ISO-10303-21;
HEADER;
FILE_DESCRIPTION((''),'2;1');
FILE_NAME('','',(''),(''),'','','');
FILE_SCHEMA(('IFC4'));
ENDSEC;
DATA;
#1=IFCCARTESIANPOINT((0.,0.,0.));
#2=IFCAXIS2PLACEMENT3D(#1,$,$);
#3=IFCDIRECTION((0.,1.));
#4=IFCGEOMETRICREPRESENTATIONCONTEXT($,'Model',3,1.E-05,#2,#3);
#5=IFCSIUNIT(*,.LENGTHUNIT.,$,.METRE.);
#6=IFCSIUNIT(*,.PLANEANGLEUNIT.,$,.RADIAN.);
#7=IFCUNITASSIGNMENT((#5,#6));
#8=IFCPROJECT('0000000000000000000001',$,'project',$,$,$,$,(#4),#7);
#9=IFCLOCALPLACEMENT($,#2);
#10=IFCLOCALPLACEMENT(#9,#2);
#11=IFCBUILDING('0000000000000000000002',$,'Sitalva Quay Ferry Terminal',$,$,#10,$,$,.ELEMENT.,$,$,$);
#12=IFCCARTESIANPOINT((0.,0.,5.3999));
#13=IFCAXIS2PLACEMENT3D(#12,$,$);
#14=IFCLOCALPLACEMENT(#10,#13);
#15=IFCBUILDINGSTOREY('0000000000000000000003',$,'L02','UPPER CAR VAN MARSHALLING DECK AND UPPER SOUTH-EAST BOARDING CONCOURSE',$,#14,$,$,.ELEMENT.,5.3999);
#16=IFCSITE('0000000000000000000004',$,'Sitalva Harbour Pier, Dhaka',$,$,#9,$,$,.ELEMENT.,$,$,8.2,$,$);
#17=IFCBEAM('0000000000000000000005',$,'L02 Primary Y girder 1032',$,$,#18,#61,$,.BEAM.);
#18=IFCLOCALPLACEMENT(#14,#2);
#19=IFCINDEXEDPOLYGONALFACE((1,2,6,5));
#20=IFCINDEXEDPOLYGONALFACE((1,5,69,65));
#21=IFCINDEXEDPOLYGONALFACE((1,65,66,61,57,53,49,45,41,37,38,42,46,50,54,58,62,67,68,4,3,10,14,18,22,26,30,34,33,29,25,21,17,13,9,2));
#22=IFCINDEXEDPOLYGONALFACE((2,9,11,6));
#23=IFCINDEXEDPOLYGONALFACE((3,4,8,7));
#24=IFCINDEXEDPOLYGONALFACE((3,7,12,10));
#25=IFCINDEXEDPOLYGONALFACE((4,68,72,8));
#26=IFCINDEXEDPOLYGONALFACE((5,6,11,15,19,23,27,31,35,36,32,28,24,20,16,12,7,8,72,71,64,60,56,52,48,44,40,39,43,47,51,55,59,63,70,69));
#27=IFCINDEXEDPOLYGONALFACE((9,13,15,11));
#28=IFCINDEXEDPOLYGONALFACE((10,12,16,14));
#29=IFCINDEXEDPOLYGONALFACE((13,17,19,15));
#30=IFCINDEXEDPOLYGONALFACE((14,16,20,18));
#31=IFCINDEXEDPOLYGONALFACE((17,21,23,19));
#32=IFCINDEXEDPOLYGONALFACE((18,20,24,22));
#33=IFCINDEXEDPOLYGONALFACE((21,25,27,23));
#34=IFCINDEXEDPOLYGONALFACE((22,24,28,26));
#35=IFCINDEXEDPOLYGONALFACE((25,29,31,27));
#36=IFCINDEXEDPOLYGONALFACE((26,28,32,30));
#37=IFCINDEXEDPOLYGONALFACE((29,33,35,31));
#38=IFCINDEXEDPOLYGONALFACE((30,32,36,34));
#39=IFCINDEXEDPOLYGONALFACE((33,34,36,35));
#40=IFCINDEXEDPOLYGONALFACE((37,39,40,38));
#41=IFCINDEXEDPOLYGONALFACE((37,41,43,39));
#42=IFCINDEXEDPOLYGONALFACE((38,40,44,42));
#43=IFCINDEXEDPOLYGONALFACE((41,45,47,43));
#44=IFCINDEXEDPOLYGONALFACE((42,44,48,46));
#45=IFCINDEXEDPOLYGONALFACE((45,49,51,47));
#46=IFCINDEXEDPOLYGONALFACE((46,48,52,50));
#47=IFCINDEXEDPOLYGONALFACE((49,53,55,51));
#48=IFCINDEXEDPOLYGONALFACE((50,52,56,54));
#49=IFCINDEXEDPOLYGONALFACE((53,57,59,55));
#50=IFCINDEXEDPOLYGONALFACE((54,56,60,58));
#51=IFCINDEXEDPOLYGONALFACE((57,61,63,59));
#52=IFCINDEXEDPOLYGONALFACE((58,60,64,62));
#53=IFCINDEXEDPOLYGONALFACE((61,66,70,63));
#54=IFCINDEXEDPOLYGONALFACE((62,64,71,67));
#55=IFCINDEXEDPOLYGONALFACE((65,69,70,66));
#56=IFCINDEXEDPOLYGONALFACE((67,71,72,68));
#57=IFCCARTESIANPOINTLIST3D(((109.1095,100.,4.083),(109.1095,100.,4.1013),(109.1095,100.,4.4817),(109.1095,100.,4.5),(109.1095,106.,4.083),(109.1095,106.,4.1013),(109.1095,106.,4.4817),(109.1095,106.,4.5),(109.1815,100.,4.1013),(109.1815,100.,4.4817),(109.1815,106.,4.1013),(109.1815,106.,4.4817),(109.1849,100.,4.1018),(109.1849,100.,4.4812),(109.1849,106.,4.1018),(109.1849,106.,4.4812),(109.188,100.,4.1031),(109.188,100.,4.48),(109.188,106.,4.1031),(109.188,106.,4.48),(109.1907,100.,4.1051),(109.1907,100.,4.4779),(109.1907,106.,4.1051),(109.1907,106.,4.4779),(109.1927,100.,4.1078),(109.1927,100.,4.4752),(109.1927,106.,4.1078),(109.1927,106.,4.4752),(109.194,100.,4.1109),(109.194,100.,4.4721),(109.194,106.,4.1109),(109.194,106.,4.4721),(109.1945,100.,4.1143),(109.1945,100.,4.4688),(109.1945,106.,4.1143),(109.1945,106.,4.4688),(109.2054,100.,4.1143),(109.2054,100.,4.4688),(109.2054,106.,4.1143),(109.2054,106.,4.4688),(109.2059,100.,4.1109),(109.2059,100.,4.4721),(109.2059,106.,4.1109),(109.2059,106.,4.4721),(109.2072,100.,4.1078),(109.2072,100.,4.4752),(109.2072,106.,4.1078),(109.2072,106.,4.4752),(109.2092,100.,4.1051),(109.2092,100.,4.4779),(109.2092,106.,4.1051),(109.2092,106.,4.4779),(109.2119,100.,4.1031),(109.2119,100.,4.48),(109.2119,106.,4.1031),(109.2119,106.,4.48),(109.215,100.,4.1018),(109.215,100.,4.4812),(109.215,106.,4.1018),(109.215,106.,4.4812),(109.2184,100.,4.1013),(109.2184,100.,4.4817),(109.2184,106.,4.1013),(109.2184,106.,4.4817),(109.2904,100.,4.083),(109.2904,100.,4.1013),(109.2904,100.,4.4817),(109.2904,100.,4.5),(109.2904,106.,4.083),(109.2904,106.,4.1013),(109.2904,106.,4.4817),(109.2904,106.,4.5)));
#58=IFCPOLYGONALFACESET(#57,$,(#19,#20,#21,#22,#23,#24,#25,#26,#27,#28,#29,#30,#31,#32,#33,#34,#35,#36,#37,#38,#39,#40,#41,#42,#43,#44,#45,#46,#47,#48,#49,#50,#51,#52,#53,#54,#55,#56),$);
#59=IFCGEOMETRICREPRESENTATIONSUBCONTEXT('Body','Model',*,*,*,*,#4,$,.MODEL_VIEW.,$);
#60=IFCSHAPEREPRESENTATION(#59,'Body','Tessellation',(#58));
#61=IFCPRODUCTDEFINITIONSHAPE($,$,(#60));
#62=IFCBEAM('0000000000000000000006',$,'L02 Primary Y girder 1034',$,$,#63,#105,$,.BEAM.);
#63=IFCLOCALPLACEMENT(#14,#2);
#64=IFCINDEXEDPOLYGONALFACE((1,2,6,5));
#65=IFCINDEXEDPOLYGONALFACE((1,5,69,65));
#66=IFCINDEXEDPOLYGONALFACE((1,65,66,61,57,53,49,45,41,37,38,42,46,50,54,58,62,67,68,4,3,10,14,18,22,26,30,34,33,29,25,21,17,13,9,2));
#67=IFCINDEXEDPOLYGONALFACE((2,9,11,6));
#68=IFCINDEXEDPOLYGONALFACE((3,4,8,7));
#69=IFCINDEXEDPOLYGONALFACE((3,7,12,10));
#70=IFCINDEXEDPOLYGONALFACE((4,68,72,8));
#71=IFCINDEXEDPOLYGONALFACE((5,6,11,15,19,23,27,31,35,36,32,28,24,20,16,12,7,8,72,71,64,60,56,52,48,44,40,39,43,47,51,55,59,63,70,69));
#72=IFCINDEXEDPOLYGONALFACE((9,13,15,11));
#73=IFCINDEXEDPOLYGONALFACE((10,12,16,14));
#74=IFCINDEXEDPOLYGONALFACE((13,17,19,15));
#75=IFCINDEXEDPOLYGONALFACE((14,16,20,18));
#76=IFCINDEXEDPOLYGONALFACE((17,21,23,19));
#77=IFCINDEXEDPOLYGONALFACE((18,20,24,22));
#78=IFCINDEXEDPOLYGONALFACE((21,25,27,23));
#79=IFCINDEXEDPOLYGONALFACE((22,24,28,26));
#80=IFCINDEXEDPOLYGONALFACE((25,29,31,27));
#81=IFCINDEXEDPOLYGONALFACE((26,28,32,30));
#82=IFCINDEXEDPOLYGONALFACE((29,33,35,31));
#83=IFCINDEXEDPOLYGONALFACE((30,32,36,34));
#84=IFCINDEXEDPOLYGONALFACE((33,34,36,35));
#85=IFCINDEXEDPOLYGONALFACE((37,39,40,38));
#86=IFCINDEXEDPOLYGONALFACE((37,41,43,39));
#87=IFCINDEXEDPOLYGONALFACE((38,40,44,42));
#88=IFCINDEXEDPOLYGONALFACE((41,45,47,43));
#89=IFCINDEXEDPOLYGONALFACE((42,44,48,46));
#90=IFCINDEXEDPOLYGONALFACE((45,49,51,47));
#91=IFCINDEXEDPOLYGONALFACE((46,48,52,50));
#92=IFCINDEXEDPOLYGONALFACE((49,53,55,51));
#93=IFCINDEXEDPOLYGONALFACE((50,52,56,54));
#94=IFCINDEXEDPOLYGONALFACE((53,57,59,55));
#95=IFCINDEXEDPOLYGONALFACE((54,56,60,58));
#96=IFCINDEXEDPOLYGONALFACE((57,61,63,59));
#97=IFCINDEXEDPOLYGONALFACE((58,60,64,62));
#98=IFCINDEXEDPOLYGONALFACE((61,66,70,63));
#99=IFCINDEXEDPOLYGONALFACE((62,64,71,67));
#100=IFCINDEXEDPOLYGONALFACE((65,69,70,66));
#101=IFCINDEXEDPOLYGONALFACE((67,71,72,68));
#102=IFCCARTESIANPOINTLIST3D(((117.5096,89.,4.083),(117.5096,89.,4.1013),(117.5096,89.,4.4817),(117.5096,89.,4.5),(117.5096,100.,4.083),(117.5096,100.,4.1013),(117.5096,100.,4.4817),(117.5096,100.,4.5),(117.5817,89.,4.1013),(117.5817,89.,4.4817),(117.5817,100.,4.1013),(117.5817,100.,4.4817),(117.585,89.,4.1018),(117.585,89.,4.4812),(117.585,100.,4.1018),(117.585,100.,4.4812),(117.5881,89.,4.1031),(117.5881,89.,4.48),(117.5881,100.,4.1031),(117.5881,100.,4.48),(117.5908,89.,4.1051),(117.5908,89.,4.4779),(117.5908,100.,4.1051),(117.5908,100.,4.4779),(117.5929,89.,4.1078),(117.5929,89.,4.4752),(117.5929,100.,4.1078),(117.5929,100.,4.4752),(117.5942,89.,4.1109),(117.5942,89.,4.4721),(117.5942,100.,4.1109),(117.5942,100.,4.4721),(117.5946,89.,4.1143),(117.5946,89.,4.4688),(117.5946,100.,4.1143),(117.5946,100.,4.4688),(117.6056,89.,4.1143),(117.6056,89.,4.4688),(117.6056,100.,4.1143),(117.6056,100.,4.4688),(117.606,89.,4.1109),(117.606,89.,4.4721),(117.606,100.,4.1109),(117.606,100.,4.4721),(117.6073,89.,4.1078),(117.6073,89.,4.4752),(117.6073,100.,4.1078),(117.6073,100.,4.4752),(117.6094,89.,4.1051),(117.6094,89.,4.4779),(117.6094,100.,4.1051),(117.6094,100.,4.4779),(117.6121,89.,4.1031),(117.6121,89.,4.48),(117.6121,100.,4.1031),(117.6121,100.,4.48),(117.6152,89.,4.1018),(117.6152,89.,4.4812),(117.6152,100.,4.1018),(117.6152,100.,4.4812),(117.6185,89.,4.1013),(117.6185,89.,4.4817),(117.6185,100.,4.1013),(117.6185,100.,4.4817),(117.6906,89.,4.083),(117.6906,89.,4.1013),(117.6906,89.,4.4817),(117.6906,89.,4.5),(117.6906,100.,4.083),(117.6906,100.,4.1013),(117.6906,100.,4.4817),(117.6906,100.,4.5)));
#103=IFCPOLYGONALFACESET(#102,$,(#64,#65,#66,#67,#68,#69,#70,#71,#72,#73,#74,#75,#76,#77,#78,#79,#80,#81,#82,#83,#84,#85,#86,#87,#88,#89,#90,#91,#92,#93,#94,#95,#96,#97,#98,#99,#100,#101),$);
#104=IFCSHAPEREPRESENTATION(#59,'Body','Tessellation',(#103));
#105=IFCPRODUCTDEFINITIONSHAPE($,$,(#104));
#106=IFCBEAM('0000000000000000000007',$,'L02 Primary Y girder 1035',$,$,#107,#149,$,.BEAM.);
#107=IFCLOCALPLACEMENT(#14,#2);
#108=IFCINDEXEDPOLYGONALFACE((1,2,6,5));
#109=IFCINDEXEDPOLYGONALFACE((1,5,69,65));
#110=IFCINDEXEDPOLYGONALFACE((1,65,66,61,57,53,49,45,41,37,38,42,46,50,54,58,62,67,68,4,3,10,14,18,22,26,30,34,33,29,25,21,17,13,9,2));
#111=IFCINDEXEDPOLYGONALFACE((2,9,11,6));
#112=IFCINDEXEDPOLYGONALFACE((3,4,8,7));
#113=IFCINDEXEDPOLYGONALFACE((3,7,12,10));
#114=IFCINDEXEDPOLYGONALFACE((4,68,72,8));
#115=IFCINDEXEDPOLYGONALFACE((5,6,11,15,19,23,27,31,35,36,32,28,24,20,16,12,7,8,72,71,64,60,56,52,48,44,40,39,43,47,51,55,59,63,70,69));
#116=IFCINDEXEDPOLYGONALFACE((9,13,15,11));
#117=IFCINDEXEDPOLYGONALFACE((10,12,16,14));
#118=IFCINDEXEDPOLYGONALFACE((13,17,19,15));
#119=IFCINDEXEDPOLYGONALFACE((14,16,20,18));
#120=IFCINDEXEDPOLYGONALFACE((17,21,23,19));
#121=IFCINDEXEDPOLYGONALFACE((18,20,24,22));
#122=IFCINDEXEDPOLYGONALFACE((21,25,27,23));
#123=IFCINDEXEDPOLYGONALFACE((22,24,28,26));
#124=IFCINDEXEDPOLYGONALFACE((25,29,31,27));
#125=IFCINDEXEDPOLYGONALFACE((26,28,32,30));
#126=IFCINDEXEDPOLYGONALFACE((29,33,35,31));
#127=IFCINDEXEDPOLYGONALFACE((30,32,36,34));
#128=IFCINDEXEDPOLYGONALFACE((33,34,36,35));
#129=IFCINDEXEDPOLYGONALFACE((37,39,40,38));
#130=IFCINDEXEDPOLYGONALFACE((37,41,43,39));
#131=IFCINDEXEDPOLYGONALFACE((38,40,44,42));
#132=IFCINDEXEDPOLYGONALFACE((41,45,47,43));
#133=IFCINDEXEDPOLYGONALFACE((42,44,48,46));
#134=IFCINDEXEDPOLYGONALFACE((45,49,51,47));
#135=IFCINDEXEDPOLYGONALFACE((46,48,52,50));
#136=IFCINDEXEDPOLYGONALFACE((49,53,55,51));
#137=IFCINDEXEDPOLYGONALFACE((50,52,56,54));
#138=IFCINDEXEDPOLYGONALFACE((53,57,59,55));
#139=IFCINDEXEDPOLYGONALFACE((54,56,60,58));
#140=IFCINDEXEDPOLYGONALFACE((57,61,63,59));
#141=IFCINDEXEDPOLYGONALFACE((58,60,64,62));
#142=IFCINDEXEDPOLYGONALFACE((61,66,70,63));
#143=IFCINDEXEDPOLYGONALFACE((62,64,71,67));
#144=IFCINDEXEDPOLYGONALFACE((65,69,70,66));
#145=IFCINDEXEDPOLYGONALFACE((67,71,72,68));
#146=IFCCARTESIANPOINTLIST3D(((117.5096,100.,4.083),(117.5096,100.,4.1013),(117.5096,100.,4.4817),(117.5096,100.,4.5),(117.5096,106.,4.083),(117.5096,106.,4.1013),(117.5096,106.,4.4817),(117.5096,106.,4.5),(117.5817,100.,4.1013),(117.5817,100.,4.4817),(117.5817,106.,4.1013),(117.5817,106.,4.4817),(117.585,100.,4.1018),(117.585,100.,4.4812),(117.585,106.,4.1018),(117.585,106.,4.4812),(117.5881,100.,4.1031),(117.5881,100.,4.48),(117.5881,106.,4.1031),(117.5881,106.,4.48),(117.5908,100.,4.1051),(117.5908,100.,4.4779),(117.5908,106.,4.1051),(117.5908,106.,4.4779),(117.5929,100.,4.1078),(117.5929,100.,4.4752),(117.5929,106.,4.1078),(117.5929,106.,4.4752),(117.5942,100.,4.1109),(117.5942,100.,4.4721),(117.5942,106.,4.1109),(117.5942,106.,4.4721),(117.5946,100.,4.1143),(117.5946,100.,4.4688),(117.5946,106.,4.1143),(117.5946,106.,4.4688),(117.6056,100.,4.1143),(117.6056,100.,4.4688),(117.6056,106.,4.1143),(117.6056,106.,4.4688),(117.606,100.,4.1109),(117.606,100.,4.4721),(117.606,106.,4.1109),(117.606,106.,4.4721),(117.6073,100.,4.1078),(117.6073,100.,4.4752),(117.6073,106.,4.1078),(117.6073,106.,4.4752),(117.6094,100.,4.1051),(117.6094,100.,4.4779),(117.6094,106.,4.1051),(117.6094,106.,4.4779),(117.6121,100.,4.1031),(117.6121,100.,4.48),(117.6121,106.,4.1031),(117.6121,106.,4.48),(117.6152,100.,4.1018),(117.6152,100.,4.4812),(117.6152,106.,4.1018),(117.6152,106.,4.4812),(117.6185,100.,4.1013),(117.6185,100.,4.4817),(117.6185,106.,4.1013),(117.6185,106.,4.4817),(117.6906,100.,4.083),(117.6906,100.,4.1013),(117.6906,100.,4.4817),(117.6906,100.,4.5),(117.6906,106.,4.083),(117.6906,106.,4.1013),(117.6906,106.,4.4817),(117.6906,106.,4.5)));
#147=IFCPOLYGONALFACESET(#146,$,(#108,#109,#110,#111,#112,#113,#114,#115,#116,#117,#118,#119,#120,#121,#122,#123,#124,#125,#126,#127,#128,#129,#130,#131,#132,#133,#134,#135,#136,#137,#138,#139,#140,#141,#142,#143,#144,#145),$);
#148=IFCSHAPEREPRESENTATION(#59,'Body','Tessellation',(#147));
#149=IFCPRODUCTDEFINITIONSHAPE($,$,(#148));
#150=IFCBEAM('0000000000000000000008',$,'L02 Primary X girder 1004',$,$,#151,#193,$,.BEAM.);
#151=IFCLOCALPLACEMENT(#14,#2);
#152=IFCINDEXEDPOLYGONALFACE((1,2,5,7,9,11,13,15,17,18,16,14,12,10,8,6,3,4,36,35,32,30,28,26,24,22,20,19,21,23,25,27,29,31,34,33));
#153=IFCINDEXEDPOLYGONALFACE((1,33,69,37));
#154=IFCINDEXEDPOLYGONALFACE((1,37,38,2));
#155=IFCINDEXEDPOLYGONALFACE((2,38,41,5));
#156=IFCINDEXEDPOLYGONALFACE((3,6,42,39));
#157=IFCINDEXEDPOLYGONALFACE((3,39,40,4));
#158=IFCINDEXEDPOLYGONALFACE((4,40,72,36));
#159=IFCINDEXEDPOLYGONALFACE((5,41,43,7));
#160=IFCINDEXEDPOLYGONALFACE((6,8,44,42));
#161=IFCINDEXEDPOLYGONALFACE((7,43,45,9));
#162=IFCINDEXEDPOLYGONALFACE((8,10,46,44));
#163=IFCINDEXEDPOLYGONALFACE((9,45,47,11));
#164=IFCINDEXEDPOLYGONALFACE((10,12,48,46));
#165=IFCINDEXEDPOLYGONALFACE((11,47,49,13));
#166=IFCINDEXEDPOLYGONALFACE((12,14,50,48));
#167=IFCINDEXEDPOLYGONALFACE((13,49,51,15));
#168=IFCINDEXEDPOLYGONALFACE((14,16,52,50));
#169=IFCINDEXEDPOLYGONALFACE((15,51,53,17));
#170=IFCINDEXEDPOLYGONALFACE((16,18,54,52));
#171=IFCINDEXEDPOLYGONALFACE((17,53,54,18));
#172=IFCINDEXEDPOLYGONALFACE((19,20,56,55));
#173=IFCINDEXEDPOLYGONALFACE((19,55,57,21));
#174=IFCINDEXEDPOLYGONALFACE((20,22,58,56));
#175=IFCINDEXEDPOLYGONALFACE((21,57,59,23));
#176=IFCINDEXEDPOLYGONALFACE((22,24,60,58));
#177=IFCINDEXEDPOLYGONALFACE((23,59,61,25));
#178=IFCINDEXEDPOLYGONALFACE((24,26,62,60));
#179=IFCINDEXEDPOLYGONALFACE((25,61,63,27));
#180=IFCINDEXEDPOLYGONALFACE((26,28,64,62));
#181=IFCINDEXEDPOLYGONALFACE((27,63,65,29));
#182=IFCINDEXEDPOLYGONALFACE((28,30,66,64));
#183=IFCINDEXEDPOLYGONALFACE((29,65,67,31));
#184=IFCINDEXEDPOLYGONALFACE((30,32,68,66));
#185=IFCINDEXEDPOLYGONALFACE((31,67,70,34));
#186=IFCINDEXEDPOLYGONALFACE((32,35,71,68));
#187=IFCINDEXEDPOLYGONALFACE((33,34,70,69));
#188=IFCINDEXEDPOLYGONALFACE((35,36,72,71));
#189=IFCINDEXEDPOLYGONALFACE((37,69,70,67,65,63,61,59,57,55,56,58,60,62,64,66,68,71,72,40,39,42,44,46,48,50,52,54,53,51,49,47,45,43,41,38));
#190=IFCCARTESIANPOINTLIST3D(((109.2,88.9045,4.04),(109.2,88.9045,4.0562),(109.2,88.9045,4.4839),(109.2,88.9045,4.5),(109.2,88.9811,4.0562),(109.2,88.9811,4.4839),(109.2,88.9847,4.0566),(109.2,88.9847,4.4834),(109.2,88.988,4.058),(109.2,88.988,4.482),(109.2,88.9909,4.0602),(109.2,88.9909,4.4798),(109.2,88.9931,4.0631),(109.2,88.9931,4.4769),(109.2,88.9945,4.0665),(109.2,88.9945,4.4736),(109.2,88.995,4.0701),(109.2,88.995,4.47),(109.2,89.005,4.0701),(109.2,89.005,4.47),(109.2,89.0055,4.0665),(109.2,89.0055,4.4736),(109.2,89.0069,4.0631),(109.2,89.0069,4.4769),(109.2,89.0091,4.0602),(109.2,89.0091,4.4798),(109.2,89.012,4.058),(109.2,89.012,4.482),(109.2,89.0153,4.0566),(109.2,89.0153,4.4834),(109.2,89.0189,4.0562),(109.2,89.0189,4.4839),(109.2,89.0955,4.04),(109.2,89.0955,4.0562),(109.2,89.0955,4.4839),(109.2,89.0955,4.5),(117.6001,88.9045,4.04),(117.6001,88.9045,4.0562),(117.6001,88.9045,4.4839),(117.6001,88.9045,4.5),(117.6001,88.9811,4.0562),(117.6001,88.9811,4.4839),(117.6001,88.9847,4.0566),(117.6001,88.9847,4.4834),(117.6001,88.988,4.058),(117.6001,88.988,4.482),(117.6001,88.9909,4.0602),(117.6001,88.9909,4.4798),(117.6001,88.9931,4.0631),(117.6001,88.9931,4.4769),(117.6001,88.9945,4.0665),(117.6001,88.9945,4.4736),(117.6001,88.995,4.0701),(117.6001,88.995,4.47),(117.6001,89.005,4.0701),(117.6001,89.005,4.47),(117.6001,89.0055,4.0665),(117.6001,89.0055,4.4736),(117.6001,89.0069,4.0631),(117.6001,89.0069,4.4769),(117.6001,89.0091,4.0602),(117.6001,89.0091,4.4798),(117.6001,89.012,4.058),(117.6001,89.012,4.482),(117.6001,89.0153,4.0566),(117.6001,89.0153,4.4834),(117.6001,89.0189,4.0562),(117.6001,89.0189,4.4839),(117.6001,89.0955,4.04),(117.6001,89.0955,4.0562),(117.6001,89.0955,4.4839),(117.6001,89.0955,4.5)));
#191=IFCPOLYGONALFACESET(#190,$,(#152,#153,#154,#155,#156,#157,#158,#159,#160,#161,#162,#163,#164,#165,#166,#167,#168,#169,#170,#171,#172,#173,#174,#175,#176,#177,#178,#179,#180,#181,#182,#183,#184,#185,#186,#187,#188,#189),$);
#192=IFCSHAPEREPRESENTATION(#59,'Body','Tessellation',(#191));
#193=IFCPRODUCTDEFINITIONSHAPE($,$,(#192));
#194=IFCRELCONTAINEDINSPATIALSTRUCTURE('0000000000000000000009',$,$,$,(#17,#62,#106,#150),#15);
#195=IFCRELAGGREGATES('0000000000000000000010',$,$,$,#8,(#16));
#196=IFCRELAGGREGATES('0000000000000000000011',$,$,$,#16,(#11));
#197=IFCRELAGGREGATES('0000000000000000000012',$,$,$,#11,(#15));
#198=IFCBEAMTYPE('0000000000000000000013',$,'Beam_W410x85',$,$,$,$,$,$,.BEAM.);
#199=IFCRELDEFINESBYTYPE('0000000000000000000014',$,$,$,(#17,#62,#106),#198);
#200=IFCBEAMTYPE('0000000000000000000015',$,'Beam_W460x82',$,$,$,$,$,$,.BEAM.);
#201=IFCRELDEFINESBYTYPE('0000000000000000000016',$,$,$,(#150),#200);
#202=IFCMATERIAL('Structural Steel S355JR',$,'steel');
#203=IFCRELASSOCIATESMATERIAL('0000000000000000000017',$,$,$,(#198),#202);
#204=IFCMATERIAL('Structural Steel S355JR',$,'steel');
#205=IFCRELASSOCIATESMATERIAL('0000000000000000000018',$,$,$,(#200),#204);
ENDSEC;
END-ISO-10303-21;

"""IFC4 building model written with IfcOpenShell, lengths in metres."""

from ifc_helpers import new_model, si_unit, direction, frame, origin, origin_2d, place, context, subcontext, project, spatial, i_section, extrude, material, material_profile, profile_set, type_object, element, save


model = new_model("IFC4")

# Units and contexts
model_context = context("Model", 3, precision=1e-05, world=origin(), true_north=direction((0.0, 1.0)))
body_context = subcontext(model_context, "Body", "Model", "MODEL_VIEW")
ifc_project = project(units=[si_unit("LENGTHUNIT", "METRE"), si_unit("PLANEANGLEUNIT", "RADIAN")], contexts=[model_context])

# Site, building, storey
site_placement = place(None, origin())
site = spatial("IfcSite", under=ifc_project, at=site_placement, Name="Sitalva Harbour Pier, Dhaka", CompositionType="ELEMENT", RefElevation=8.2)
building_placement = place(site_placement, origin())
building = spatial("IfcBuilding", under=site, at=building_placement, Name="Sitalva Quay Ferry Terminal", CompositionType="ELEMENT")
storey_placement = place(building_placement, frame((0.0, 0.0, 5.3999)))
storey = spatial("IfcBuildingStorey", under=building, at=storey_placement, Name="L02", Description="UPPER CAR VAN MARSHALLING DECK AND UPPER SOUTH-EAST BOARDING CONCOURSE", CompositionType="ELEMENT", Elevation=5.3999)

# Beams
ifc_material_1 = material(Name="Structural Steel S355JR", Category="steel")
ifc_material_profile_1 = material_profile(ifc_material_1, i_section(OverallWidth=0.1809, OverallDepth=0.417, WebThickness=0.011, FlangeThickness=0.0183, FilletRadius=0.0129, at=origin_2d()), Name="W410x85")
ifc_profile_set_1 = profile_set([ifc_material_profile_1], Name="Structural Steel S355JR")
beam_type_1 = type_object("IfcBeamType", Name="Beam_W410x85", PredefinedType="BEAM", material=ifc_profile_set_1)
beam_1_placement = place(storey_placement, frame((109.2, 100.0, 4.2915), z_axis=(0.0, 1.0, 0.0), x_axis=(-1.0, 0.0, 0.0)))
element("IfcBeam", 1, at=beam_1_placement, inside=storey, type_object=beam_type_1, Name="L02 Primary Y girder 1032", PredefinedType="BEAM", context=body_context, shape_type="SweptSolid", body=[
    extrude(i_section(OverallWidth=0.1809, OverallDepth=0.417, WebThickness=0.011, FlangeThickness=0.0183, FilletRadius=0.0129, at=origin_2d()), origin(), (0.0, 0.0, 1.0), 6.0),
])
beam_2_placement = place(storey_placement, frame((117.6001, 89.0, 4.2915), z_axis=(0.0, 1.0, 0.0), x_axis=(-1.0, 0.0, 0.0)))
element("IfcBeam", 2, at=beam_2_placement, inside=storey, type_object=beam_type_1, Name="L02 Primary Y girder 1034", PredefinedType="BEAM", context=body_context, shape_type="SweptSolid", body=[
    extrude(i_section(OverallWidth=0.1809, OverallDepth=0.417, WebThickness=0.011, FlangeThickness=0.0183, FilletRadius=0.0129, at=origin_2d()), origin(), (0.0, 0.0, 1.0), 11.0),
])
beam_3_placement = place(storey_placement, frame((117.6001, 100.0, 4.2915), z_axis=(0.0, 1.0, 0.0), x_axis=(-1.0, 0.0, 0.0)))
element("IfcBeam", 3, at=beam_3_placement, inside=storey, type_object=beam_type_1, Name="L02 Primary Y girder 1035", PredefinedType="BEAM", context=body_context, shape_type="SweptSolid", body=[
    extrude(i_section(OverallWidth=0.1809, OverallDepth=0.417, WebThickness=0.011, FlangeThickness=0.0183, FilletRadius=0.0129, at=origin_2d()), origin(), (0.0, 0.0, 1.0), 6.0),
])
ifc_material_2 = material(Name="Structural Steel S355JR", Category="steel")
ifc_material_profile_2 = material_profile(ifc_material_2, i_section(OverallWidth=0.1909, OverallDepth=0.46, WebThickness=0.01, FlangeThickness=0.0161, FilletRadius=0.0139, at=origin_2d()), Name="W460x82")
ifc_profile_set_2 = profile_set([ifc_material_profile_2], Name="Structural Steel S355JR")
beam_type_2 = type_object("IfcBeamType", Name="Beam_W460x82", PredefinedType="BEAM", material=ifc_profile_set_2)
beam_4_placement = place(storey_placement, frame((109.2, 89.0, 4.27), z_axis=(1.0, 0.0, 0.0), x_axis=(0.0, 1.0, 0.0)))
element("IfcBeam", 4, at=beam_4_placement, inside=storey, type_object=beam_type_2, Name="L02 Primary X girder 1004", PredefinedType="BEAM", context=body_context, shape_type="SweptSolid", body=[
    extrude(i_section(OverallWidth=0.1909, OverallDepth=0.46, WebThickness=0.01, FlangeThickness=0.0161, FilletRadius=0.0139, at=origin_2d()), origin(), (0.0, 0.0, 1.0), 8.4001),
])

save(model, "model.ifc")
